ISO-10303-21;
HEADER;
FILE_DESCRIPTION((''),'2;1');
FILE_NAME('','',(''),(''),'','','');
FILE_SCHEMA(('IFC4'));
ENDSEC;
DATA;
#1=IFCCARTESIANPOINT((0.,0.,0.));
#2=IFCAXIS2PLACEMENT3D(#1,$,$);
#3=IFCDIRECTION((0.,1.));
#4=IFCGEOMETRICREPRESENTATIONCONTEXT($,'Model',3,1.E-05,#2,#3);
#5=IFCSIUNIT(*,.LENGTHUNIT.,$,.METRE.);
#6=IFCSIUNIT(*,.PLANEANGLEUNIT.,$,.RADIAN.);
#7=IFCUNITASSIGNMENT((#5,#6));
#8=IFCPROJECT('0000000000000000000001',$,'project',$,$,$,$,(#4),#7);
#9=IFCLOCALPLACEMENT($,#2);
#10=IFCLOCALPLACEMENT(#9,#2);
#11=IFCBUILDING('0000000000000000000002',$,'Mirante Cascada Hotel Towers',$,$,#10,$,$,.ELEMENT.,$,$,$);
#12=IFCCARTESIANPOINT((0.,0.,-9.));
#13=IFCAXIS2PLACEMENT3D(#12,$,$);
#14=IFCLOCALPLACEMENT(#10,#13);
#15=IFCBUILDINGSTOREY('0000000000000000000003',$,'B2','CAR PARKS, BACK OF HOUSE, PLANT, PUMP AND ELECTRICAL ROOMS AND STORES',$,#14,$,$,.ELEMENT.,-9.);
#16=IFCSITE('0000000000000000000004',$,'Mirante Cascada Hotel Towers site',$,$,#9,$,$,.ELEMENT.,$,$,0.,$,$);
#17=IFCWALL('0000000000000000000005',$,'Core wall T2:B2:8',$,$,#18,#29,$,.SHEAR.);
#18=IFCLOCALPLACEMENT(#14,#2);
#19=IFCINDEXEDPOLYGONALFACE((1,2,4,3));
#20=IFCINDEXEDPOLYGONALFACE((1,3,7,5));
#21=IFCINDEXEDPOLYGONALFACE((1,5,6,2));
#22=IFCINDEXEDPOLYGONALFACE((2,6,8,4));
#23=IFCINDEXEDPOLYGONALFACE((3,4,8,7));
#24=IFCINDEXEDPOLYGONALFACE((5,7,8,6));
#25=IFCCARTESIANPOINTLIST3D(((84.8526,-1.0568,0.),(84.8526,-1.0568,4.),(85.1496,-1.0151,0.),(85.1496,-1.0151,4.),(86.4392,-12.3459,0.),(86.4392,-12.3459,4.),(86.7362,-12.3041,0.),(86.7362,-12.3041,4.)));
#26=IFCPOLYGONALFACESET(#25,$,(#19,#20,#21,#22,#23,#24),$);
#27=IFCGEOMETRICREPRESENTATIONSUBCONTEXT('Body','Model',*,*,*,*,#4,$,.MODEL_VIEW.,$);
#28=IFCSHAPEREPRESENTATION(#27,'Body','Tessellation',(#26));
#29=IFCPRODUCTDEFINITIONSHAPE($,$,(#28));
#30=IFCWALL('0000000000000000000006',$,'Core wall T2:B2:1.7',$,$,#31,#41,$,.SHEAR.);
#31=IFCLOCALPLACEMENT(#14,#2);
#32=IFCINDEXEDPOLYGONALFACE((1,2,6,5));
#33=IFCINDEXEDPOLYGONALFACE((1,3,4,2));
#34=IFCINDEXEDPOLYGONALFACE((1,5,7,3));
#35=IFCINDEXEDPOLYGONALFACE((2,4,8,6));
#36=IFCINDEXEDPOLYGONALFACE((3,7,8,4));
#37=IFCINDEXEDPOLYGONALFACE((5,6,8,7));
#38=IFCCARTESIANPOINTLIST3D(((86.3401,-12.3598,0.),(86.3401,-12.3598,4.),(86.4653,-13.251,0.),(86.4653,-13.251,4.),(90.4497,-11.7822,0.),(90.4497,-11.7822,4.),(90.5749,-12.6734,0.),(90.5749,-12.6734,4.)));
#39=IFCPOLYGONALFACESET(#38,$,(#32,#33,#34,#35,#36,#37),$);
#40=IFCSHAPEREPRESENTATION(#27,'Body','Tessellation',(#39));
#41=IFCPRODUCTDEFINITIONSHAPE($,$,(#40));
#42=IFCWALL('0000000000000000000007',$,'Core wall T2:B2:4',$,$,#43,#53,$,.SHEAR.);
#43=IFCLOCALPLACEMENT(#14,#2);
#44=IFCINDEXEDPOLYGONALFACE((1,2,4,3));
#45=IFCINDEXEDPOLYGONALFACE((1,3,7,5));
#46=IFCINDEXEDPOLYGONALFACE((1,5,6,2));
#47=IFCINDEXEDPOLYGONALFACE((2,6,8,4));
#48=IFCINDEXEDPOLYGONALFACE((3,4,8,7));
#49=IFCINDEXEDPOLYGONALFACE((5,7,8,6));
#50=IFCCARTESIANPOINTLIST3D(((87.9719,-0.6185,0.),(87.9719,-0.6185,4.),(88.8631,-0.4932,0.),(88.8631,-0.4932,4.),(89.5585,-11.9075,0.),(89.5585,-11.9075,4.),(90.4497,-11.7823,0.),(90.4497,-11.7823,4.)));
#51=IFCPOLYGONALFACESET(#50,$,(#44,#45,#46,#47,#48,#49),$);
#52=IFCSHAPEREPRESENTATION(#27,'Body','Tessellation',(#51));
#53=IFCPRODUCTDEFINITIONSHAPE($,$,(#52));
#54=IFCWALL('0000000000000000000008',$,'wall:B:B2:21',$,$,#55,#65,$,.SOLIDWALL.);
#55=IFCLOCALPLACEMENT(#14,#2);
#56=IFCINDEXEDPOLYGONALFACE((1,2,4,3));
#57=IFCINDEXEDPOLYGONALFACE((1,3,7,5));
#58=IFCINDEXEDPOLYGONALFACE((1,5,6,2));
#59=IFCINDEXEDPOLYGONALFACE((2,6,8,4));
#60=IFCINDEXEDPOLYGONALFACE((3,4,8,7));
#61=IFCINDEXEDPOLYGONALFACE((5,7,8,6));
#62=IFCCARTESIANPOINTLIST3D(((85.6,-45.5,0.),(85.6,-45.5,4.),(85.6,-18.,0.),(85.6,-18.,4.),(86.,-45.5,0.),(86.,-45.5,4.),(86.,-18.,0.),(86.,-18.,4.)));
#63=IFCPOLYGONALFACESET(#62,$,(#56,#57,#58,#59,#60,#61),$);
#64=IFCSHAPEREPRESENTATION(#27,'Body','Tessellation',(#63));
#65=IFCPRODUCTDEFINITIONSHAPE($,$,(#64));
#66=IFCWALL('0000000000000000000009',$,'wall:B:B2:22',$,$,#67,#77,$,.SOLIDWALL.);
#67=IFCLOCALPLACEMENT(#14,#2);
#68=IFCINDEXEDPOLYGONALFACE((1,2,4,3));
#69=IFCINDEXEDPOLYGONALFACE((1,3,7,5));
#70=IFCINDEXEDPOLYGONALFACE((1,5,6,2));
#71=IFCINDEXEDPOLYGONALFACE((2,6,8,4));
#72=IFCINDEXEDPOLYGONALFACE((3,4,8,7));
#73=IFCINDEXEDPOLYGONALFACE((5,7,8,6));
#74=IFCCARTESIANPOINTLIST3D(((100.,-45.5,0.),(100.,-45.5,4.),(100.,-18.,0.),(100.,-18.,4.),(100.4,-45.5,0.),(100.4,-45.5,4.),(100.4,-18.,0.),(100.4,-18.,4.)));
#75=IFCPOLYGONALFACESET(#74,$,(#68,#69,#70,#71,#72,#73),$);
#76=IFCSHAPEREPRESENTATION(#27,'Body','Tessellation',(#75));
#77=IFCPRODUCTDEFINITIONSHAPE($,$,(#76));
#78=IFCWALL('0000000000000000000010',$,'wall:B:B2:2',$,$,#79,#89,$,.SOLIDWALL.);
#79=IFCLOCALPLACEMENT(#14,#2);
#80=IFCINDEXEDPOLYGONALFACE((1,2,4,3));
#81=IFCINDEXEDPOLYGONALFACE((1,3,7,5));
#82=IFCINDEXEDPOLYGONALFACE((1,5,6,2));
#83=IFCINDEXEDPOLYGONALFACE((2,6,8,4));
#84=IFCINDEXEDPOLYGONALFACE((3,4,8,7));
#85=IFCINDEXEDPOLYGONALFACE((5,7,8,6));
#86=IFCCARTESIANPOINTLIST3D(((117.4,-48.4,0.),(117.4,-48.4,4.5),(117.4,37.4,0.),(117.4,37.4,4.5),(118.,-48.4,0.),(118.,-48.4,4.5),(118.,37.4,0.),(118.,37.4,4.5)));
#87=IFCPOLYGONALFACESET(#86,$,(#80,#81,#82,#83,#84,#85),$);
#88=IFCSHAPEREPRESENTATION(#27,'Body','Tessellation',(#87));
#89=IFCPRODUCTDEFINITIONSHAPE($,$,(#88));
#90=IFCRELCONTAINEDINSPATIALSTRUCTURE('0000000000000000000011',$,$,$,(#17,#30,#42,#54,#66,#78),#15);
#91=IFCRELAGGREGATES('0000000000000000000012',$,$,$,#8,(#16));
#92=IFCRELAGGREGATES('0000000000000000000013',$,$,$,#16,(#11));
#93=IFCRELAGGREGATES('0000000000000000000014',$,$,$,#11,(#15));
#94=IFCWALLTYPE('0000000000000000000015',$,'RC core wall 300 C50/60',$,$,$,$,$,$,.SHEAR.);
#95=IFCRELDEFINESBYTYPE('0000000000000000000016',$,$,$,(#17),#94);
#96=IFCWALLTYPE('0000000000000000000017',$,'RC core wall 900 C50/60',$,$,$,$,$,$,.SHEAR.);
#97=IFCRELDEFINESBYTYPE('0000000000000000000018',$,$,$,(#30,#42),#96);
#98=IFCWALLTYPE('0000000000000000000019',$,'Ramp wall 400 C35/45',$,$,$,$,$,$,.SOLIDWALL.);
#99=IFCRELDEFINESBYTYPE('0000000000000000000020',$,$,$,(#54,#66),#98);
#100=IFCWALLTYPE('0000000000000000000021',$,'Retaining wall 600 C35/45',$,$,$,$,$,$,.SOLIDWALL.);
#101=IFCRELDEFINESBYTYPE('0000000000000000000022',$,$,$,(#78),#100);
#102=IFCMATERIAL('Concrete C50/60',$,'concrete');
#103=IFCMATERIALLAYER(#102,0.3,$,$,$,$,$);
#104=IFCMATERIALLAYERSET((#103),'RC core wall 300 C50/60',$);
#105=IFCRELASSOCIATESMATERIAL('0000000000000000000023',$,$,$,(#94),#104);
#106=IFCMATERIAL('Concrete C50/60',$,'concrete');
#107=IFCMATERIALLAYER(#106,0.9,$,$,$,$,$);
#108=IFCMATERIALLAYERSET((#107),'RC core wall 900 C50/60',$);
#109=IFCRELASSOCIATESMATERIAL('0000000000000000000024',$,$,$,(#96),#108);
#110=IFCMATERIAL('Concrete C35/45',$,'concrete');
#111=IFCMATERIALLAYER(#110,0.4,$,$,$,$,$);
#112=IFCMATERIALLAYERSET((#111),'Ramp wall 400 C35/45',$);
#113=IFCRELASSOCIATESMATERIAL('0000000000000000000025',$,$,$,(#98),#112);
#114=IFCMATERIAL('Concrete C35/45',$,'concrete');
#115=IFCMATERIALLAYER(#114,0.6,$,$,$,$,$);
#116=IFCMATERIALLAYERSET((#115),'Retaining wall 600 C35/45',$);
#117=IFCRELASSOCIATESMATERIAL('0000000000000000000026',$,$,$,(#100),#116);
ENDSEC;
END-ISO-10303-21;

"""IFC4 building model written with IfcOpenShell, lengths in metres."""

from ifc_helpers import new_model, si_unit, direction, frame, frame_2d, origin, place, context, subcontext, project, spatial, rectangle, extrude, material, layer, layer_set, type_object, element, save


model = new_model("IFC4")

# Units and contexts
model_context = context("Model", 3, precision=1e-05, world=origin(), true_north=direction((0.0, 1.0)))
body_context = subcontext(model_context, "Body", "Model", "MODEL_VIEW")
ifc_project = project(units=[si_unit("LENGTHUNIT", "METRE"), si_unit("PLANEANGLEUNIT", "RADIAN")], contexts=[model_context])

# Site, building, storey
site_placement = place(None, origin())
site = spatial("IfcSite", under=ifc_project, at=site_placement, Name="Mirante Cascada Hotel Towers site", CompositionType="ELEMENT", RefElevation=0.0)
building_placement = place(site_placement, origin())
building = spatial("IfcBuilding", under=site, at=building_placement, Name="Mirante Cascada Hotel Towers", CompositionType="ELEMENT")
storey_placement = place(building_placement, frame((0.0, 0.0, -9.0)))
storey = spatial("IfcBuildingStorey", under=building, at=storey_placement, Name="B2", Description="CAR PARKS, BACK OF HOUSE, PLANT, PUMP AND ELECTRICAL ROOMS AND STORES", CompositionType="ELEMENT", Elevation=-9.0)

# Walls
ifc_material_1 = material(Name="Concrete C50/60", Category="concrete")
ifc_layer_1 = layer(ifc_material_1, 0.3)
ifc_layer_set_1 = layer_set([ifc_layer_1], Name="RC core wall 300 C50/60")
wall_type_1 = type_object("IfcWallType", Name="RC core wall 300 C50/60", PredefinedType="SHEAR", material=ifc_layer_set_1)
wall_1_placement = place(storey_placement, frame((86.5877, -12.325, 0.0), z_axis=(0.0, 0.0, 1.0), x_axis=(-0.139175, 0.990268, 0.0)))
element("IfcWall", 1, at=wall_1_placement, inside=storey, type_object=wall_type_1, Name="Core wall T2:B2:8", PredefinedType="SHEAR", context=body_context, shape_type="SweptSolid", body=[
    extrude(rectangle(XDim=11.4, YDim=0.3, at=frame_2d((5.7, 0.0))), origin(), (0.0, 0.0, 1.0), 4.0),
])
ifc_material_2 = material(Name="Concrete C50/60", Category="concrete")
ifc_layer_2 = layer(ifc_material_2, 0.9)
ifc_layer_set_2 = layer_set([ifc_layer_2], Name="RC core wall 900 C50/60")
wall_type_2 = type_object("IfcWallType", Name="RC core wall 900 C50/60", PredefinedType="SHEAR", material=ifc_layer_set_2)
wall_2_placement = place(storey_placement, frame((86.4027, -12.8054, 0.0), z_axis=(0.0, 0.0, 1.0), x_axis=(0.990267, 0.139181, 0.0)))
element("IfcWall", 2, at=wall_2_placement, inside=storey, type_object=wall_type_2, Name="Core wall T2:B2:1.7", PredefinedType="SHEAR", context=body_context, shape_type="SweptSolid", body=[
    extrude(rectangle(XDim=4.15, YDim=0.9, at=frame_2d((2.075, 0.0))), origin(), (0.0, 0.0, 1.0), 4.0),
])
wall_3_placement = place(storey_placement, frame((90.0041, -11.8449, 0.0), z_axis=(0.0, 0.0, 1.0), x_axis=(-0.139175, 0.990268, 0.0)))
element("IfcWall", 3, at=wall_3_placement, inside=storey, type_object=wall_type_2, Name="Core wall T2:B2:4", PredefinedType="SHEAR", context=body_context, shape_type="SweptSolid", body=[
    extrude(rectangle(XDim=11.4, YDim=0.9, at=frame_2d((5.7, 0.0))), origin(), (0.0, 0.0, 1.0), 4.0),
])
ifc_material_3 = material(Name="Concrete C35/45", Category="concrete")
ifc_layer_3 = layer(ifc_material_3, 0.4)
ifc_layer_set_3 = layer_set([ifc_layer_3], Name="Ramp wall 400 C35/45")
wall_type_3 = type_object("IfcWallType", Name="Ramp wall 400 C35/45", PredefinedType="SOLIDWALL", material=ifc_layer_set_3)
for number, where, z_axis, x_axis, name in (
    (4, (85.8, -18.0, 0.0), (0.0, 0.0, 1.0), (0.0, -1.0, 0.0), "wall:B:B2:21"),
    (5, (100.2, -18.0, 0.0), (0.0, 0.0, 1.0), (0.0, -1.0, 0.0), "wall:B:B2:22"),
):
    element("IfcWall", number, at=place(storey_placement, frame(where, z_axis=z_axis, x_axis=x_axis)), inside=storey, type_object=wall_type_3, Name=name, PredefinedType="SOLIDWALL", context=body_context, shape_type="SweptSolid", body=[
        extrude(rectangle(XDim=27.5, YDim=0.4, at=frame_2d((13.75, 0.0))), origin(), (0.0, 0.0, 1.0), 4.0),
    ])
ifc_material_4 = material(Name="Concrete C35/45", Category="concrete")
ifc_layer_4 = layer(ifc_material_4, 0.6)
ifc_layer_set_4 = layer_set([ifc_layer_4], Name="Retaining wall 600 C35/45")
wall_type_4 = type_object("IfcWallType", Name="Retaining wall 600 C35/45", PredefinedType="SOLIDWALL", material=ifc_layer_set_4)
wall_4_placement = place(storey_placement, frame((117.7, -48.4, 0.0), z_axis=(0.0, 0.0, 1.0), x_axis=(0.0, 1.0, 0.0)))
element("IfcWall", 6, at=wall_4_placement, inside=storey, type_object=wall_type_4, Name="wall:B:B2:2", PredefinedType="SOLIDWALL", context=body_context, shape_type="SweptSolid", body=[
    extrude(rectangle(XDim=85.8, YDim=0.6, at=frame_2d((42.9, 0.0))), origin(), (0.0, 0.0, 1.0), 4.5),
])

save(model, "model.ifc")
